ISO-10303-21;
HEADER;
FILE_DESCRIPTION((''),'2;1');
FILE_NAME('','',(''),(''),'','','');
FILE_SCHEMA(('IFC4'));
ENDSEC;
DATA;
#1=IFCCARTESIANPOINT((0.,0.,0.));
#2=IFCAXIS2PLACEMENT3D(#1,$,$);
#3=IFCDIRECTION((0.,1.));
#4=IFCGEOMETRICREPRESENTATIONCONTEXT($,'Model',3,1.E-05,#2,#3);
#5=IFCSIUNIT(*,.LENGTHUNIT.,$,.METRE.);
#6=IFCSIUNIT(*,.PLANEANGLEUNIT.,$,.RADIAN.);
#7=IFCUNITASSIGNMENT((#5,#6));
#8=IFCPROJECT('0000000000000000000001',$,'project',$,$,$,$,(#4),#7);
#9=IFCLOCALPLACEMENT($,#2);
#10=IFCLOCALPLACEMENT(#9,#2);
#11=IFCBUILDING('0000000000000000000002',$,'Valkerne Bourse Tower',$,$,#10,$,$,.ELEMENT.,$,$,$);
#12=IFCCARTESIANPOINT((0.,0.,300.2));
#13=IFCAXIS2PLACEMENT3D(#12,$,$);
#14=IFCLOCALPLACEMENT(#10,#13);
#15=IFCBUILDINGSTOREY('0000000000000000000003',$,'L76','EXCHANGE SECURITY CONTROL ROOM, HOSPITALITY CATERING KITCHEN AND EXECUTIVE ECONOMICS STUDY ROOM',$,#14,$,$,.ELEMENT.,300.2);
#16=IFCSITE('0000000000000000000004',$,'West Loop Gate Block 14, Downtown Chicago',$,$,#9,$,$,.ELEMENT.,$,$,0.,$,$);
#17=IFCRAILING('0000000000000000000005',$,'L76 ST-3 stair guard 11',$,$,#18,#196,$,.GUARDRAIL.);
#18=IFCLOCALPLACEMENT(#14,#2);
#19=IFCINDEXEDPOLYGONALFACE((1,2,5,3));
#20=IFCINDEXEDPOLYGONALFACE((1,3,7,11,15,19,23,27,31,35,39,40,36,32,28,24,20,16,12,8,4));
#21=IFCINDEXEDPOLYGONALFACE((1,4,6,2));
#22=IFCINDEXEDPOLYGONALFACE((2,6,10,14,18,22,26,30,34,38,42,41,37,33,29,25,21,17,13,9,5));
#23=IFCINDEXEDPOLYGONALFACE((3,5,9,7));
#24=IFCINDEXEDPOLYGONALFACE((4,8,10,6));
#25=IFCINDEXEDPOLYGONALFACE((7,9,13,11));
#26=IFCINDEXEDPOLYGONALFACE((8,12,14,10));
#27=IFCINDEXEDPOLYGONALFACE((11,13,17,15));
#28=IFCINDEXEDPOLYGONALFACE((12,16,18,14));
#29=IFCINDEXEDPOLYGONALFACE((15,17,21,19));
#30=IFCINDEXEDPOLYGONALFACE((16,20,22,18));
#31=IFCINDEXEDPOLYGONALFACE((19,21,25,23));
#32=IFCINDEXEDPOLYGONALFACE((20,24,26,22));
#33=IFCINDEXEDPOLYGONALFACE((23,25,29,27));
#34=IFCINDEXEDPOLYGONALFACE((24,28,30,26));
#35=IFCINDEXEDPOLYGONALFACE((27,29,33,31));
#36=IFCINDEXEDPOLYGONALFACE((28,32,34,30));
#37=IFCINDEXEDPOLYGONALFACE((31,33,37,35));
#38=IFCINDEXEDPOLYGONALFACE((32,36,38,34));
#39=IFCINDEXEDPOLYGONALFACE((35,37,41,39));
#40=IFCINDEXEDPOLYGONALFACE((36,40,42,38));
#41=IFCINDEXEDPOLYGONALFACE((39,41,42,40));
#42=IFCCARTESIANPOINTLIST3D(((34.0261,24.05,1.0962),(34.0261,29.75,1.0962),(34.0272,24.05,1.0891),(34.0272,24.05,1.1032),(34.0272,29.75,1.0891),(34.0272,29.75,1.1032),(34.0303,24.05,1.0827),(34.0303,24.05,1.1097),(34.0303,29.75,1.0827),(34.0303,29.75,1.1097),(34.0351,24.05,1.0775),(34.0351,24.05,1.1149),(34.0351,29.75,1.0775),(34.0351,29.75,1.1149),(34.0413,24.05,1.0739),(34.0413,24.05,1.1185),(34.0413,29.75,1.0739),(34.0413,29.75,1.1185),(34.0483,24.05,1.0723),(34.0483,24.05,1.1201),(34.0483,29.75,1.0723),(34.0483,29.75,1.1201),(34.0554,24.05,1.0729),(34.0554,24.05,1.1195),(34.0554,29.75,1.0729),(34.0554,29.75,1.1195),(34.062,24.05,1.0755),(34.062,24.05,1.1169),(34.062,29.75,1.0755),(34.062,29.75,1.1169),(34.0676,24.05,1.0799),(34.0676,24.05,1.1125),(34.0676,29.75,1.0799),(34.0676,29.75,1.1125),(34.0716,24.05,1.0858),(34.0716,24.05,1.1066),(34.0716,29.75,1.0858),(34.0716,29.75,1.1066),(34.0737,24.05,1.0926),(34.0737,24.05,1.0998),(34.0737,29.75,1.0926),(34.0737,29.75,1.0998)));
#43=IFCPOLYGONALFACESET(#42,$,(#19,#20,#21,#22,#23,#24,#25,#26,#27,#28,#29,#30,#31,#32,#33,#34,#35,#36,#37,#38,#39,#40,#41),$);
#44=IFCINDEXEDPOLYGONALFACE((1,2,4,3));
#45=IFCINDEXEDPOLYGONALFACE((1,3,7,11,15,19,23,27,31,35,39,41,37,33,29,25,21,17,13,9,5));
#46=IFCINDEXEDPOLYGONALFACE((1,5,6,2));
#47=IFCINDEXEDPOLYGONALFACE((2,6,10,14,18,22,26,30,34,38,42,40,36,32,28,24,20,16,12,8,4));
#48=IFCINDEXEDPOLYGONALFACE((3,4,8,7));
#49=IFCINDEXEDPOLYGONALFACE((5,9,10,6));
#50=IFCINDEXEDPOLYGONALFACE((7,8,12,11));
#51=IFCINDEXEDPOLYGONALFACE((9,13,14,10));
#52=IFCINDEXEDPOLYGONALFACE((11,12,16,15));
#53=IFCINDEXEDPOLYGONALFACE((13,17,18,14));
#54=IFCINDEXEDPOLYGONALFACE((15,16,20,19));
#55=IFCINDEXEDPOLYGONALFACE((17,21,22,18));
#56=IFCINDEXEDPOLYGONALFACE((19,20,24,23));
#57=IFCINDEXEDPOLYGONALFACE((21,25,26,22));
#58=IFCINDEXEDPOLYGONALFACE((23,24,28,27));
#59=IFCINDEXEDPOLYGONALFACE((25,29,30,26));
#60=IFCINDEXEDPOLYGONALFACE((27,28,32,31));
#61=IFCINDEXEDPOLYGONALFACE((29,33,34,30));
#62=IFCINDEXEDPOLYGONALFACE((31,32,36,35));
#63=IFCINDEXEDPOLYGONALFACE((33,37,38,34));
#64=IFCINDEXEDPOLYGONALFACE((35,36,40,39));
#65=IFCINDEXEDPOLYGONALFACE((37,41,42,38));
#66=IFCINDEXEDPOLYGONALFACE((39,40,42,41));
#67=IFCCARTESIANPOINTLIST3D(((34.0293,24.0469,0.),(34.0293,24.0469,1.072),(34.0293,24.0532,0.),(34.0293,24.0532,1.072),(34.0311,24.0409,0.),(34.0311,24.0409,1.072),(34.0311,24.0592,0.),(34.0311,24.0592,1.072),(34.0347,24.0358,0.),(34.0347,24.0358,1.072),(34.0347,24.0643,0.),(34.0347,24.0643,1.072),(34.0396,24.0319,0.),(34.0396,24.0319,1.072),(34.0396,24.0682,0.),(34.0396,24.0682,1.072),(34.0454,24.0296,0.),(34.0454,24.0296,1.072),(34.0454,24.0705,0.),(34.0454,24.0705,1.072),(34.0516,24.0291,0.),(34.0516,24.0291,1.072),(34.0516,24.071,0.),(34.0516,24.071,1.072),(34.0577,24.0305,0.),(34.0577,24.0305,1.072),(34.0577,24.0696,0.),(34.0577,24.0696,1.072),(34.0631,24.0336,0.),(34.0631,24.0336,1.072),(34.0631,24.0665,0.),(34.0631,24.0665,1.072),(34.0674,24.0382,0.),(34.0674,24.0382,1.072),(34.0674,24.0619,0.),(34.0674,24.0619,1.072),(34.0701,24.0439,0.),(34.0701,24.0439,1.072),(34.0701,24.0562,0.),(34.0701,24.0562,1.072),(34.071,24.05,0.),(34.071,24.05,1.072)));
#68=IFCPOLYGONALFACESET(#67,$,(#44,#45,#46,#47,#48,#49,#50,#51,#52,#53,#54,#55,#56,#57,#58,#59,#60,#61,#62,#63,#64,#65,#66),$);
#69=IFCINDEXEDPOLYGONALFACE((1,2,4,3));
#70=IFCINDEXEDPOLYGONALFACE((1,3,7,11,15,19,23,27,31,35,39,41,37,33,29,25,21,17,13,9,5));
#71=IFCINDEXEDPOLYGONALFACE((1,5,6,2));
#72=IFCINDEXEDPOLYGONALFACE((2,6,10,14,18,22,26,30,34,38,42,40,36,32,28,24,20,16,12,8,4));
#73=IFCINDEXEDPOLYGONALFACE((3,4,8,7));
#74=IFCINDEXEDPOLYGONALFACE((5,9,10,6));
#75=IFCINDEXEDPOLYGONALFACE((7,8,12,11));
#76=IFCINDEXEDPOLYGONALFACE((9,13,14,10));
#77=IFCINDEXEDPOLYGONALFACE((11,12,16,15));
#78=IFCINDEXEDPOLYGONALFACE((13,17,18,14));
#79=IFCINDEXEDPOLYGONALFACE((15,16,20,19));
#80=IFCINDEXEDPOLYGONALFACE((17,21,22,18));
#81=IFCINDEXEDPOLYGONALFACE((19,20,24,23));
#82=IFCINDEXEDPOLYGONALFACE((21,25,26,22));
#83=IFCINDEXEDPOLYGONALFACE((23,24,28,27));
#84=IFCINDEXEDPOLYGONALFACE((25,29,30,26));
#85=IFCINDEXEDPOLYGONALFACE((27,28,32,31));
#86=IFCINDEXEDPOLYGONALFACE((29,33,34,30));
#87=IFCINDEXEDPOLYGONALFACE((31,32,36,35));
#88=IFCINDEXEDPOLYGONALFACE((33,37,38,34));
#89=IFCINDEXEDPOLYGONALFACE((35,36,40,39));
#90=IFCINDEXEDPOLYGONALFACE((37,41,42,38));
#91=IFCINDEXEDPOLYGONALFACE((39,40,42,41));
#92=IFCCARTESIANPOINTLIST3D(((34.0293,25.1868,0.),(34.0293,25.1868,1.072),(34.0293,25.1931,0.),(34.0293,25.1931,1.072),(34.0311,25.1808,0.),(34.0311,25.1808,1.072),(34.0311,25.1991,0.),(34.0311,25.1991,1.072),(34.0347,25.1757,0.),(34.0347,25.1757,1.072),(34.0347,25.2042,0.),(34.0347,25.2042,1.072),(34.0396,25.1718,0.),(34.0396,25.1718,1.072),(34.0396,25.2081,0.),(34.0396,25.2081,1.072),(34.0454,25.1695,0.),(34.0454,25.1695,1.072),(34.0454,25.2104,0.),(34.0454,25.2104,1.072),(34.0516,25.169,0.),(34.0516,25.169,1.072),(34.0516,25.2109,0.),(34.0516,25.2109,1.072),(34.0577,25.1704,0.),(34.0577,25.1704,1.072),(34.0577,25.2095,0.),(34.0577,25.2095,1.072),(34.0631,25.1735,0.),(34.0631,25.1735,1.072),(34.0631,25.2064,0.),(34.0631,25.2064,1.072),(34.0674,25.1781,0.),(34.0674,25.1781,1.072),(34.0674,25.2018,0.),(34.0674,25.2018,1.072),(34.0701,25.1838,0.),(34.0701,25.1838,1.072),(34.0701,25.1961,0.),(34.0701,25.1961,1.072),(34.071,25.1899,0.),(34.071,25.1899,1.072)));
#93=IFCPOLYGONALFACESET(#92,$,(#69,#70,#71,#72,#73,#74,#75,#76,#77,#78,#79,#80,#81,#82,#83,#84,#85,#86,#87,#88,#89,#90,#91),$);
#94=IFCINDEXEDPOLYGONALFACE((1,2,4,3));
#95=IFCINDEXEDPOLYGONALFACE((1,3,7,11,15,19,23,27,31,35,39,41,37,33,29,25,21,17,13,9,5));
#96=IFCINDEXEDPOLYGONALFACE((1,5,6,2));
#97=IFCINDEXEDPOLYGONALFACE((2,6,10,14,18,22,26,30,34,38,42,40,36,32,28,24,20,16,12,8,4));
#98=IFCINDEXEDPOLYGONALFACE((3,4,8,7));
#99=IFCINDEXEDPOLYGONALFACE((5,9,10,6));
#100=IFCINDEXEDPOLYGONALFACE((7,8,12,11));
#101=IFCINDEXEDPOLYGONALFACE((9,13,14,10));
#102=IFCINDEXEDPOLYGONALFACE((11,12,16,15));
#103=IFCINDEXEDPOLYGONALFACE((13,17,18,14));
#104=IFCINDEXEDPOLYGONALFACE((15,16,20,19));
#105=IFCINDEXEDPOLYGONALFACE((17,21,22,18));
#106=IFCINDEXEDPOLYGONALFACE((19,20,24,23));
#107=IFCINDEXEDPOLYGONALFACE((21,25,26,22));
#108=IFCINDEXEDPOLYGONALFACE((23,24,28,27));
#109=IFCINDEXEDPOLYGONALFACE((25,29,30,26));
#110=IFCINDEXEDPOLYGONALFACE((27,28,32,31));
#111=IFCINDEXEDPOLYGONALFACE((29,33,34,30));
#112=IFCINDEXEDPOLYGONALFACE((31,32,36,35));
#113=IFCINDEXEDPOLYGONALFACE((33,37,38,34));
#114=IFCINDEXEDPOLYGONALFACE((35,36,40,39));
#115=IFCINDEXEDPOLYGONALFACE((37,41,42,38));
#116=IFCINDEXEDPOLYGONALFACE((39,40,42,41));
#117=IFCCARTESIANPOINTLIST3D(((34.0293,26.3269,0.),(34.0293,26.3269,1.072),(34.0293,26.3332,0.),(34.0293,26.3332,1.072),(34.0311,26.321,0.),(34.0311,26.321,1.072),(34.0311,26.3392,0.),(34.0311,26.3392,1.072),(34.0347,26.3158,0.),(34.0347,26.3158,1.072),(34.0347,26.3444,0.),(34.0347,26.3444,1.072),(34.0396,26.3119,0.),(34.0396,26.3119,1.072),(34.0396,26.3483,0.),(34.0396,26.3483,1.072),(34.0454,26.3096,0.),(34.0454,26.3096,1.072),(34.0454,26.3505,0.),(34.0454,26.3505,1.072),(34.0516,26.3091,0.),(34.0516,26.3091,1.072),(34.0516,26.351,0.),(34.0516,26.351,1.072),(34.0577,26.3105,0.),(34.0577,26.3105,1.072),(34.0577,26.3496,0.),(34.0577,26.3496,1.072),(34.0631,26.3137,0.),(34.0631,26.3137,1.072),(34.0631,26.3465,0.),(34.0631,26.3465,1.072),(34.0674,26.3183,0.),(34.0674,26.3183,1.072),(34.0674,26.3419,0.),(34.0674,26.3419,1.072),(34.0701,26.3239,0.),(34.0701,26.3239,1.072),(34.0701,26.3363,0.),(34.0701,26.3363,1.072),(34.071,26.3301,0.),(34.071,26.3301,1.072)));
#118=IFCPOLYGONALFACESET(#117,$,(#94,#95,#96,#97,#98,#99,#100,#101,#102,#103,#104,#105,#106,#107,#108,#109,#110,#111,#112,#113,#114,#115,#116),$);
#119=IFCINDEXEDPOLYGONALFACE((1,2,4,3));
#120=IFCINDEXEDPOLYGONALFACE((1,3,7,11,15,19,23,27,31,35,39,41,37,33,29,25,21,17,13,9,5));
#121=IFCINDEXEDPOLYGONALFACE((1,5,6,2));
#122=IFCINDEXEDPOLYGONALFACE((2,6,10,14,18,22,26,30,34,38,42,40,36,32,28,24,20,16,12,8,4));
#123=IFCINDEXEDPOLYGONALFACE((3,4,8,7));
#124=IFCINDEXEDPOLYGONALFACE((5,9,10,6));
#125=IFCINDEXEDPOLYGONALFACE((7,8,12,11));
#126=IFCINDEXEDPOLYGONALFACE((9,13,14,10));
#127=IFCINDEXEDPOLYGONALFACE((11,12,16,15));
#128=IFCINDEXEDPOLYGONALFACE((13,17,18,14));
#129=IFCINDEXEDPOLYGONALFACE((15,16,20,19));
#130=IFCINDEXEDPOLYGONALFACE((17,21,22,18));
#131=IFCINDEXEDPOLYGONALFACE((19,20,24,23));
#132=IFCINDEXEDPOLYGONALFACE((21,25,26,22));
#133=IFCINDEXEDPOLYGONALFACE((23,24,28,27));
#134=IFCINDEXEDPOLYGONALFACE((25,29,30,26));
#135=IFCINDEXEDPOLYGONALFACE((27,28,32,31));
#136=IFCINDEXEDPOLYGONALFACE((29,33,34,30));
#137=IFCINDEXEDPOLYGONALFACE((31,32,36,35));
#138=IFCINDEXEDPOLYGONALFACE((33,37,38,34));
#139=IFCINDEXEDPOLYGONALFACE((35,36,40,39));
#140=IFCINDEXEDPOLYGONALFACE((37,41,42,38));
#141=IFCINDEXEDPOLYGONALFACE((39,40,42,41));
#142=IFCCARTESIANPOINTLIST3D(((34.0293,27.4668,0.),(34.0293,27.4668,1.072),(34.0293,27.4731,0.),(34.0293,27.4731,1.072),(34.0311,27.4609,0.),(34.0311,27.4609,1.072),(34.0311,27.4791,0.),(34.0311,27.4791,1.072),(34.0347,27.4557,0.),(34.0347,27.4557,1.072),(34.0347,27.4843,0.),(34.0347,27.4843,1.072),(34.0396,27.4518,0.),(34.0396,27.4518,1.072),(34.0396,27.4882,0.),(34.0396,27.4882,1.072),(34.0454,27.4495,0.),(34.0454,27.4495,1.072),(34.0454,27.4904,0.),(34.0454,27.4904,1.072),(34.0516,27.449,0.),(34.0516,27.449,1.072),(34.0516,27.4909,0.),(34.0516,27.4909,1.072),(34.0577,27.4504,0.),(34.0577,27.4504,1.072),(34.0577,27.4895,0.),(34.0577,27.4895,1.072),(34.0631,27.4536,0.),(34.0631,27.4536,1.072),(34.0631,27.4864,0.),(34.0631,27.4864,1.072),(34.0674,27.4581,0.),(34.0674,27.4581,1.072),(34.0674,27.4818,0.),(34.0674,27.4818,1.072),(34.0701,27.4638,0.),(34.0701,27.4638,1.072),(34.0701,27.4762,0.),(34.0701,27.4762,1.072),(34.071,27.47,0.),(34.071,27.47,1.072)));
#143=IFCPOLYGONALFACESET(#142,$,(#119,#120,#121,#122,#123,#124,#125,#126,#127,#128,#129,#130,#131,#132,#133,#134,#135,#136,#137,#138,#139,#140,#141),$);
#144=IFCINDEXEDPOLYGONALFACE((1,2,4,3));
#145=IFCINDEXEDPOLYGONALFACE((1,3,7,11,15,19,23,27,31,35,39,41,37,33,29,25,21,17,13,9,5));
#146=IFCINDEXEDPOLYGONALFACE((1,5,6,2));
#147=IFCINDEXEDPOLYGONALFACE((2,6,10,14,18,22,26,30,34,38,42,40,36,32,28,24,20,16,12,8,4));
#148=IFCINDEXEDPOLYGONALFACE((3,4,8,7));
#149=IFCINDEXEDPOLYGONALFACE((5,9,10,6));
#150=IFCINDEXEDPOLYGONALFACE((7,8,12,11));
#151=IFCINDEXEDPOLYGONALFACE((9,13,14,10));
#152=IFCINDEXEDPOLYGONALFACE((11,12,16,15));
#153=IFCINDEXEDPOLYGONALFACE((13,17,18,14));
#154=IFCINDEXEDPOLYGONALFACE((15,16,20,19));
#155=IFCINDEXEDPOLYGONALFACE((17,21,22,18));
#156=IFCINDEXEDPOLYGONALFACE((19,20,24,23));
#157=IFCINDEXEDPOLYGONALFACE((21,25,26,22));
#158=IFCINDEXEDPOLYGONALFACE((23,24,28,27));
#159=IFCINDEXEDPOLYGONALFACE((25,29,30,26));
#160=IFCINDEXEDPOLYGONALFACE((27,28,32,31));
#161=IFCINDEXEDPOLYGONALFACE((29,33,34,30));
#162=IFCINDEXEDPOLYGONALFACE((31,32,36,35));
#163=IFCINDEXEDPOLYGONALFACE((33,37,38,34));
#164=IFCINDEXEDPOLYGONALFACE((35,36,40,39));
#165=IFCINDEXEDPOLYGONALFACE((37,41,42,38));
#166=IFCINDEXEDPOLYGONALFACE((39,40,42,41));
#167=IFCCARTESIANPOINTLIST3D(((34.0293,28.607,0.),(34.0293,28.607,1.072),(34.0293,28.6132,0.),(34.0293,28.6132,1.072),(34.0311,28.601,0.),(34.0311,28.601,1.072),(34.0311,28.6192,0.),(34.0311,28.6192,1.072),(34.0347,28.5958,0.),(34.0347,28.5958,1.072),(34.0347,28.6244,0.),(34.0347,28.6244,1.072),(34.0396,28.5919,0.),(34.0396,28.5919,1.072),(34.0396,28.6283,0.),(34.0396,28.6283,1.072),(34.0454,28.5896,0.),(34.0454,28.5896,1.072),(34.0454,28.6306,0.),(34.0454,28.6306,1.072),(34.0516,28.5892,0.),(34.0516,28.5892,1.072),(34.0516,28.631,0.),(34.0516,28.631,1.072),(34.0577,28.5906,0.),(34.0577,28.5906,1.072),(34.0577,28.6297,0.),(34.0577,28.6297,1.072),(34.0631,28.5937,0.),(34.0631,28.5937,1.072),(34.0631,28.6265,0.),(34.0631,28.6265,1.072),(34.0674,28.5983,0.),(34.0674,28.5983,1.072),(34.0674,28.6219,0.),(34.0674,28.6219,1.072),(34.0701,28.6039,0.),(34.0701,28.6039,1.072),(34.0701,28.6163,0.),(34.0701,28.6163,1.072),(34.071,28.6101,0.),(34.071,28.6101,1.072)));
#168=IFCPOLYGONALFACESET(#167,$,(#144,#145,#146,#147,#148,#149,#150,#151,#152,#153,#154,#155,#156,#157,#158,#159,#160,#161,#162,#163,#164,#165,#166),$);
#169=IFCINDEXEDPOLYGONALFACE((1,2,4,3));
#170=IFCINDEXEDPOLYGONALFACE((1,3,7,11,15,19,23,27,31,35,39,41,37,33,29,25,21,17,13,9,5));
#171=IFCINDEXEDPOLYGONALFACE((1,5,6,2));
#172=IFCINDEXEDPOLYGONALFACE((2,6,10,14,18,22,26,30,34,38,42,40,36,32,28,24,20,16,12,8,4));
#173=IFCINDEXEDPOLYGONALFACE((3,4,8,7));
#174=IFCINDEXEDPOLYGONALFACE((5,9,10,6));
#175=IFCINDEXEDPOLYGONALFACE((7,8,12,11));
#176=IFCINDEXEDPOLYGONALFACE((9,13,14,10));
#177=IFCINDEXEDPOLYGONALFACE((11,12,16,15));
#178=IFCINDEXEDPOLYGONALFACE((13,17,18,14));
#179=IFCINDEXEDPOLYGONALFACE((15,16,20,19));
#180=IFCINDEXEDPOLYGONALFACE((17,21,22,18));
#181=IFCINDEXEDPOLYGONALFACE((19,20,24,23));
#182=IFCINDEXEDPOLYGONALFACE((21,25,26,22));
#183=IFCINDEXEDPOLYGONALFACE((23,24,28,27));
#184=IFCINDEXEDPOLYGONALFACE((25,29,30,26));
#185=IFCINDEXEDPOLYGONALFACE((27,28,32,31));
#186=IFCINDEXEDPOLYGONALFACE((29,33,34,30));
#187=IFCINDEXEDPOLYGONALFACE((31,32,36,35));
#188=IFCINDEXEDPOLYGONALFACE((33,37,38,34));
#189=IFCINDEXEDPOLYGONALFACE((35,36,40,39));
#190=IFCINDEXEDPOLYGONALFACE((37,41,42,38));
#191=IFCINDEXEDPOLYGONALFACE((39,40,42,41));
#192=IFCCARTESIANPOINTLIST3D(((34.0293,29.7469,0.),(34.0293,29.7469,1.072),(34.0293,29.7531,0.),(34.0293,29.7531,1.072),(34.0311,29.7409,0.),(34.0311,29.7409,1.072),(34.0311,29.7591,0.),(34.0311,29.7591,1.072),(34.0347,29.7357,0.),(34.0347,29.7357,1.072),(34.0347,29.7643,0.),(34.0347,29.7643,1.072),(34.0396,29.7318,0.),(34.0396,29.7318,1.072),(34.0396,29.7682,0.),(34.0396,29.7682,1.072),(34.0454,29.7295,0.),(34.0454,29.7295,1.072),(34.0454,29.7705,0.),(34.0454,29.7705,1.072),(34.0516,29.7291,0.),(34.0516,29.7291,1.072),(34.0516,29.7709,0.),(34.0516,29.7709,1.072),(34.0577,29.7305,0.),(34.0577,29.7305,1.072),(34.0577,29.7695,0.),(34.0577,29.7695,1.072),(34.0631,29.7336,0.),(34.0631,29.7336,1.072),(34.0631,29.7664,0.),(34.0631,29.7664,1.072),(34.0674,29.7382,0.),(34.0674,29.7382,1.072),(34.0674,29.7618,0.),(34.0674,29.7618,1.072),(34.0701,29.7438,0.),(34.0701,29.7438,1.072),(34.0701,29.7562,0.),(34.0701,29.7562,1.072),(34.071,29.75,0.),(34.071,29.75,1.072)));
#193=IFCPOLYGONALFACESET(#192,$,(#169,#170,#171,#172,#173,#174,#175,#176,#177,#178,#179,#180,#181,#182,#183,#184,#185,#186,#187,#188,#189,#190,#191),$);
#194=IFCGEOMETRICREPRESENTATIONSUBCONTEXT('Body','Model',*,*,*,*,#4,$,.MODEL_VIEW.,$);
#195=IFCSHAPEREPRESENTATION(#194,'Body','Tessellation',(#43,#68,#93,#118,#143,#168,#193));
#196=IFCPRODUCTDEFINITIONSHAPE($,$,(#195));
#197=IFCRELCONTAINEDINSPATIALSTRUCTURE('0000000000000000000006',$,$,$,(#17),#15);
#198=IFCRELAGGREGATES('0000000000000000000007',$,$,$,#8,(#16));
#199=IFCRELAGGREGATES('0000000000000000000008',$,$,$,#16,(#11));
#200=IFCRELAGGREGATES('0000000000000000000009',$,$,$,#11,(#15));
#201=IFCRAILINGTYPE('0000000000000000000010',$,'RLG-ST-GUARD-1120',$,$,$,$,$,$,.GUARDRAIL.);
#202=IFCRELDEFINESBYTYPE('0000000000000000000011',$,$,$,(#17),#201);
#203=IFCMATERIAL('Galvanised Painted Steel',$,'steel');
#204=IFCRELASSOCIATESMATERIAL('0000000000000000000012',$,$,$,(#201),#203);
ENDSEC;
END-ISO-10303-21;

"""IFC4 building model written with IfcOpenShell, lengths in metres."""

from ifc_helpers import new_model, si_unit, direction, frame, origin, origin_2d, place, context, subcontext, project, spatial, circle, extrude, material, type_object, element, save


model = new_model("IFC4")

# Units and contexts
model_context = context("Model", 3, precision=1e-05, world=origin(), true_north=direction((0.0, 1.0)))
body_context = subcontext(model_context, "Body", "Model", "MODEL_VIEW")
ifc_project = project(units=[si_unit("LENGTHUNIT", "METRE"), si_unit("PLANEANGLEUNIT", "RADIAN")], contexts=[model_context])

# Site, building, storey
site_placement = place(None, origin())
site = spatial("IfcSite", under=ifc_project, at=site_placement, Name="West Loop Gate Block 14, Downtown Chicago", CompositionType="ELEMENT", RefElevation=0.0)
building_placement = place(site_placement, origin())
building = spatial("IfcBuilding", under=site, at=building_placement, Name="Valkerne Bourse Tower", CompositionType="ELEMENT")
storey_placement = place(building_placement, frame((0.0, 0.0, 300.2)))
storey = spatial("IfcBuildingStorey", under=building, at=storey_placement, Name="L76", Description="EXCHANGE SECURITY CONTROL ROOM, HOSPITALITY CATERING KITCHEN AND EXECUTIVE ECONOMICS STUDY ROOM", CompositionType="ELEMENT", Elevation=300.2)

# Shared definitions
ifc_material_1 = material(Name="Galvanised Painted Steel", Category="steel")

# Railing
railing_type = type_object("IfcRailingType", Name="RLG-ST-GUARD-1120", PredefinedType="GUARDRAIL", material=ifc_material_1)
railing_1_placement = place(storey_placement, frame((34.05, 24.05, 0.0)))
element("IfcRailing", 1, at=railing_1_placement, inside=storey, type_object=railing_type, Name="L76 ST-3 stair guard 11", PredefinedType="GUARDRAIL", context=body_context, shape_type="SweptSolid", body=[
    extrude(circle(Radius=0.0239, at=origin_2d()), frame((0.0, 0.0, 1.0962), z_axis=(0.0, 1.0, 0.0), x_axis=(-1.0, 0.0, 0.0)), (0.0, 0.0, 1.0), 5.7),
    extrude(circle(Radius=0.021, at=origin_2d()), origin(), (0.0, 0.0, 1.0), 1.072),
    extrude(circle(Radius=0.021, at=origin_2d()), frame((0.0, 1.1399, 0.0)), (0.0, 0.0, 1.0), 1.072),
    extrude(circle(Radius=0.021, at=origin_2d()), frame((0.0, 2.28, 0.0)), (0.0, 0.0, 1.0), 1.072),
    extrude(circle(Radius=0.021, at=origin_2d()), frame((0.0, 3.4199, 0.0)), (0.0, 0.0, 1.0), 1.072),
    extrude(circle(Radius=0.021, at=origin_2d()), frame((0.0, 4.5601, 0.0)), (0.0, 0.0, 1.0), 1.072),
    extrude(circle(Radius=0.021, at=origin_2d()), frame((0.0, 5.7, 0.0)), (0.0, 0.0, 1.0), 1.072),
])

save(model, "model.ifc")
